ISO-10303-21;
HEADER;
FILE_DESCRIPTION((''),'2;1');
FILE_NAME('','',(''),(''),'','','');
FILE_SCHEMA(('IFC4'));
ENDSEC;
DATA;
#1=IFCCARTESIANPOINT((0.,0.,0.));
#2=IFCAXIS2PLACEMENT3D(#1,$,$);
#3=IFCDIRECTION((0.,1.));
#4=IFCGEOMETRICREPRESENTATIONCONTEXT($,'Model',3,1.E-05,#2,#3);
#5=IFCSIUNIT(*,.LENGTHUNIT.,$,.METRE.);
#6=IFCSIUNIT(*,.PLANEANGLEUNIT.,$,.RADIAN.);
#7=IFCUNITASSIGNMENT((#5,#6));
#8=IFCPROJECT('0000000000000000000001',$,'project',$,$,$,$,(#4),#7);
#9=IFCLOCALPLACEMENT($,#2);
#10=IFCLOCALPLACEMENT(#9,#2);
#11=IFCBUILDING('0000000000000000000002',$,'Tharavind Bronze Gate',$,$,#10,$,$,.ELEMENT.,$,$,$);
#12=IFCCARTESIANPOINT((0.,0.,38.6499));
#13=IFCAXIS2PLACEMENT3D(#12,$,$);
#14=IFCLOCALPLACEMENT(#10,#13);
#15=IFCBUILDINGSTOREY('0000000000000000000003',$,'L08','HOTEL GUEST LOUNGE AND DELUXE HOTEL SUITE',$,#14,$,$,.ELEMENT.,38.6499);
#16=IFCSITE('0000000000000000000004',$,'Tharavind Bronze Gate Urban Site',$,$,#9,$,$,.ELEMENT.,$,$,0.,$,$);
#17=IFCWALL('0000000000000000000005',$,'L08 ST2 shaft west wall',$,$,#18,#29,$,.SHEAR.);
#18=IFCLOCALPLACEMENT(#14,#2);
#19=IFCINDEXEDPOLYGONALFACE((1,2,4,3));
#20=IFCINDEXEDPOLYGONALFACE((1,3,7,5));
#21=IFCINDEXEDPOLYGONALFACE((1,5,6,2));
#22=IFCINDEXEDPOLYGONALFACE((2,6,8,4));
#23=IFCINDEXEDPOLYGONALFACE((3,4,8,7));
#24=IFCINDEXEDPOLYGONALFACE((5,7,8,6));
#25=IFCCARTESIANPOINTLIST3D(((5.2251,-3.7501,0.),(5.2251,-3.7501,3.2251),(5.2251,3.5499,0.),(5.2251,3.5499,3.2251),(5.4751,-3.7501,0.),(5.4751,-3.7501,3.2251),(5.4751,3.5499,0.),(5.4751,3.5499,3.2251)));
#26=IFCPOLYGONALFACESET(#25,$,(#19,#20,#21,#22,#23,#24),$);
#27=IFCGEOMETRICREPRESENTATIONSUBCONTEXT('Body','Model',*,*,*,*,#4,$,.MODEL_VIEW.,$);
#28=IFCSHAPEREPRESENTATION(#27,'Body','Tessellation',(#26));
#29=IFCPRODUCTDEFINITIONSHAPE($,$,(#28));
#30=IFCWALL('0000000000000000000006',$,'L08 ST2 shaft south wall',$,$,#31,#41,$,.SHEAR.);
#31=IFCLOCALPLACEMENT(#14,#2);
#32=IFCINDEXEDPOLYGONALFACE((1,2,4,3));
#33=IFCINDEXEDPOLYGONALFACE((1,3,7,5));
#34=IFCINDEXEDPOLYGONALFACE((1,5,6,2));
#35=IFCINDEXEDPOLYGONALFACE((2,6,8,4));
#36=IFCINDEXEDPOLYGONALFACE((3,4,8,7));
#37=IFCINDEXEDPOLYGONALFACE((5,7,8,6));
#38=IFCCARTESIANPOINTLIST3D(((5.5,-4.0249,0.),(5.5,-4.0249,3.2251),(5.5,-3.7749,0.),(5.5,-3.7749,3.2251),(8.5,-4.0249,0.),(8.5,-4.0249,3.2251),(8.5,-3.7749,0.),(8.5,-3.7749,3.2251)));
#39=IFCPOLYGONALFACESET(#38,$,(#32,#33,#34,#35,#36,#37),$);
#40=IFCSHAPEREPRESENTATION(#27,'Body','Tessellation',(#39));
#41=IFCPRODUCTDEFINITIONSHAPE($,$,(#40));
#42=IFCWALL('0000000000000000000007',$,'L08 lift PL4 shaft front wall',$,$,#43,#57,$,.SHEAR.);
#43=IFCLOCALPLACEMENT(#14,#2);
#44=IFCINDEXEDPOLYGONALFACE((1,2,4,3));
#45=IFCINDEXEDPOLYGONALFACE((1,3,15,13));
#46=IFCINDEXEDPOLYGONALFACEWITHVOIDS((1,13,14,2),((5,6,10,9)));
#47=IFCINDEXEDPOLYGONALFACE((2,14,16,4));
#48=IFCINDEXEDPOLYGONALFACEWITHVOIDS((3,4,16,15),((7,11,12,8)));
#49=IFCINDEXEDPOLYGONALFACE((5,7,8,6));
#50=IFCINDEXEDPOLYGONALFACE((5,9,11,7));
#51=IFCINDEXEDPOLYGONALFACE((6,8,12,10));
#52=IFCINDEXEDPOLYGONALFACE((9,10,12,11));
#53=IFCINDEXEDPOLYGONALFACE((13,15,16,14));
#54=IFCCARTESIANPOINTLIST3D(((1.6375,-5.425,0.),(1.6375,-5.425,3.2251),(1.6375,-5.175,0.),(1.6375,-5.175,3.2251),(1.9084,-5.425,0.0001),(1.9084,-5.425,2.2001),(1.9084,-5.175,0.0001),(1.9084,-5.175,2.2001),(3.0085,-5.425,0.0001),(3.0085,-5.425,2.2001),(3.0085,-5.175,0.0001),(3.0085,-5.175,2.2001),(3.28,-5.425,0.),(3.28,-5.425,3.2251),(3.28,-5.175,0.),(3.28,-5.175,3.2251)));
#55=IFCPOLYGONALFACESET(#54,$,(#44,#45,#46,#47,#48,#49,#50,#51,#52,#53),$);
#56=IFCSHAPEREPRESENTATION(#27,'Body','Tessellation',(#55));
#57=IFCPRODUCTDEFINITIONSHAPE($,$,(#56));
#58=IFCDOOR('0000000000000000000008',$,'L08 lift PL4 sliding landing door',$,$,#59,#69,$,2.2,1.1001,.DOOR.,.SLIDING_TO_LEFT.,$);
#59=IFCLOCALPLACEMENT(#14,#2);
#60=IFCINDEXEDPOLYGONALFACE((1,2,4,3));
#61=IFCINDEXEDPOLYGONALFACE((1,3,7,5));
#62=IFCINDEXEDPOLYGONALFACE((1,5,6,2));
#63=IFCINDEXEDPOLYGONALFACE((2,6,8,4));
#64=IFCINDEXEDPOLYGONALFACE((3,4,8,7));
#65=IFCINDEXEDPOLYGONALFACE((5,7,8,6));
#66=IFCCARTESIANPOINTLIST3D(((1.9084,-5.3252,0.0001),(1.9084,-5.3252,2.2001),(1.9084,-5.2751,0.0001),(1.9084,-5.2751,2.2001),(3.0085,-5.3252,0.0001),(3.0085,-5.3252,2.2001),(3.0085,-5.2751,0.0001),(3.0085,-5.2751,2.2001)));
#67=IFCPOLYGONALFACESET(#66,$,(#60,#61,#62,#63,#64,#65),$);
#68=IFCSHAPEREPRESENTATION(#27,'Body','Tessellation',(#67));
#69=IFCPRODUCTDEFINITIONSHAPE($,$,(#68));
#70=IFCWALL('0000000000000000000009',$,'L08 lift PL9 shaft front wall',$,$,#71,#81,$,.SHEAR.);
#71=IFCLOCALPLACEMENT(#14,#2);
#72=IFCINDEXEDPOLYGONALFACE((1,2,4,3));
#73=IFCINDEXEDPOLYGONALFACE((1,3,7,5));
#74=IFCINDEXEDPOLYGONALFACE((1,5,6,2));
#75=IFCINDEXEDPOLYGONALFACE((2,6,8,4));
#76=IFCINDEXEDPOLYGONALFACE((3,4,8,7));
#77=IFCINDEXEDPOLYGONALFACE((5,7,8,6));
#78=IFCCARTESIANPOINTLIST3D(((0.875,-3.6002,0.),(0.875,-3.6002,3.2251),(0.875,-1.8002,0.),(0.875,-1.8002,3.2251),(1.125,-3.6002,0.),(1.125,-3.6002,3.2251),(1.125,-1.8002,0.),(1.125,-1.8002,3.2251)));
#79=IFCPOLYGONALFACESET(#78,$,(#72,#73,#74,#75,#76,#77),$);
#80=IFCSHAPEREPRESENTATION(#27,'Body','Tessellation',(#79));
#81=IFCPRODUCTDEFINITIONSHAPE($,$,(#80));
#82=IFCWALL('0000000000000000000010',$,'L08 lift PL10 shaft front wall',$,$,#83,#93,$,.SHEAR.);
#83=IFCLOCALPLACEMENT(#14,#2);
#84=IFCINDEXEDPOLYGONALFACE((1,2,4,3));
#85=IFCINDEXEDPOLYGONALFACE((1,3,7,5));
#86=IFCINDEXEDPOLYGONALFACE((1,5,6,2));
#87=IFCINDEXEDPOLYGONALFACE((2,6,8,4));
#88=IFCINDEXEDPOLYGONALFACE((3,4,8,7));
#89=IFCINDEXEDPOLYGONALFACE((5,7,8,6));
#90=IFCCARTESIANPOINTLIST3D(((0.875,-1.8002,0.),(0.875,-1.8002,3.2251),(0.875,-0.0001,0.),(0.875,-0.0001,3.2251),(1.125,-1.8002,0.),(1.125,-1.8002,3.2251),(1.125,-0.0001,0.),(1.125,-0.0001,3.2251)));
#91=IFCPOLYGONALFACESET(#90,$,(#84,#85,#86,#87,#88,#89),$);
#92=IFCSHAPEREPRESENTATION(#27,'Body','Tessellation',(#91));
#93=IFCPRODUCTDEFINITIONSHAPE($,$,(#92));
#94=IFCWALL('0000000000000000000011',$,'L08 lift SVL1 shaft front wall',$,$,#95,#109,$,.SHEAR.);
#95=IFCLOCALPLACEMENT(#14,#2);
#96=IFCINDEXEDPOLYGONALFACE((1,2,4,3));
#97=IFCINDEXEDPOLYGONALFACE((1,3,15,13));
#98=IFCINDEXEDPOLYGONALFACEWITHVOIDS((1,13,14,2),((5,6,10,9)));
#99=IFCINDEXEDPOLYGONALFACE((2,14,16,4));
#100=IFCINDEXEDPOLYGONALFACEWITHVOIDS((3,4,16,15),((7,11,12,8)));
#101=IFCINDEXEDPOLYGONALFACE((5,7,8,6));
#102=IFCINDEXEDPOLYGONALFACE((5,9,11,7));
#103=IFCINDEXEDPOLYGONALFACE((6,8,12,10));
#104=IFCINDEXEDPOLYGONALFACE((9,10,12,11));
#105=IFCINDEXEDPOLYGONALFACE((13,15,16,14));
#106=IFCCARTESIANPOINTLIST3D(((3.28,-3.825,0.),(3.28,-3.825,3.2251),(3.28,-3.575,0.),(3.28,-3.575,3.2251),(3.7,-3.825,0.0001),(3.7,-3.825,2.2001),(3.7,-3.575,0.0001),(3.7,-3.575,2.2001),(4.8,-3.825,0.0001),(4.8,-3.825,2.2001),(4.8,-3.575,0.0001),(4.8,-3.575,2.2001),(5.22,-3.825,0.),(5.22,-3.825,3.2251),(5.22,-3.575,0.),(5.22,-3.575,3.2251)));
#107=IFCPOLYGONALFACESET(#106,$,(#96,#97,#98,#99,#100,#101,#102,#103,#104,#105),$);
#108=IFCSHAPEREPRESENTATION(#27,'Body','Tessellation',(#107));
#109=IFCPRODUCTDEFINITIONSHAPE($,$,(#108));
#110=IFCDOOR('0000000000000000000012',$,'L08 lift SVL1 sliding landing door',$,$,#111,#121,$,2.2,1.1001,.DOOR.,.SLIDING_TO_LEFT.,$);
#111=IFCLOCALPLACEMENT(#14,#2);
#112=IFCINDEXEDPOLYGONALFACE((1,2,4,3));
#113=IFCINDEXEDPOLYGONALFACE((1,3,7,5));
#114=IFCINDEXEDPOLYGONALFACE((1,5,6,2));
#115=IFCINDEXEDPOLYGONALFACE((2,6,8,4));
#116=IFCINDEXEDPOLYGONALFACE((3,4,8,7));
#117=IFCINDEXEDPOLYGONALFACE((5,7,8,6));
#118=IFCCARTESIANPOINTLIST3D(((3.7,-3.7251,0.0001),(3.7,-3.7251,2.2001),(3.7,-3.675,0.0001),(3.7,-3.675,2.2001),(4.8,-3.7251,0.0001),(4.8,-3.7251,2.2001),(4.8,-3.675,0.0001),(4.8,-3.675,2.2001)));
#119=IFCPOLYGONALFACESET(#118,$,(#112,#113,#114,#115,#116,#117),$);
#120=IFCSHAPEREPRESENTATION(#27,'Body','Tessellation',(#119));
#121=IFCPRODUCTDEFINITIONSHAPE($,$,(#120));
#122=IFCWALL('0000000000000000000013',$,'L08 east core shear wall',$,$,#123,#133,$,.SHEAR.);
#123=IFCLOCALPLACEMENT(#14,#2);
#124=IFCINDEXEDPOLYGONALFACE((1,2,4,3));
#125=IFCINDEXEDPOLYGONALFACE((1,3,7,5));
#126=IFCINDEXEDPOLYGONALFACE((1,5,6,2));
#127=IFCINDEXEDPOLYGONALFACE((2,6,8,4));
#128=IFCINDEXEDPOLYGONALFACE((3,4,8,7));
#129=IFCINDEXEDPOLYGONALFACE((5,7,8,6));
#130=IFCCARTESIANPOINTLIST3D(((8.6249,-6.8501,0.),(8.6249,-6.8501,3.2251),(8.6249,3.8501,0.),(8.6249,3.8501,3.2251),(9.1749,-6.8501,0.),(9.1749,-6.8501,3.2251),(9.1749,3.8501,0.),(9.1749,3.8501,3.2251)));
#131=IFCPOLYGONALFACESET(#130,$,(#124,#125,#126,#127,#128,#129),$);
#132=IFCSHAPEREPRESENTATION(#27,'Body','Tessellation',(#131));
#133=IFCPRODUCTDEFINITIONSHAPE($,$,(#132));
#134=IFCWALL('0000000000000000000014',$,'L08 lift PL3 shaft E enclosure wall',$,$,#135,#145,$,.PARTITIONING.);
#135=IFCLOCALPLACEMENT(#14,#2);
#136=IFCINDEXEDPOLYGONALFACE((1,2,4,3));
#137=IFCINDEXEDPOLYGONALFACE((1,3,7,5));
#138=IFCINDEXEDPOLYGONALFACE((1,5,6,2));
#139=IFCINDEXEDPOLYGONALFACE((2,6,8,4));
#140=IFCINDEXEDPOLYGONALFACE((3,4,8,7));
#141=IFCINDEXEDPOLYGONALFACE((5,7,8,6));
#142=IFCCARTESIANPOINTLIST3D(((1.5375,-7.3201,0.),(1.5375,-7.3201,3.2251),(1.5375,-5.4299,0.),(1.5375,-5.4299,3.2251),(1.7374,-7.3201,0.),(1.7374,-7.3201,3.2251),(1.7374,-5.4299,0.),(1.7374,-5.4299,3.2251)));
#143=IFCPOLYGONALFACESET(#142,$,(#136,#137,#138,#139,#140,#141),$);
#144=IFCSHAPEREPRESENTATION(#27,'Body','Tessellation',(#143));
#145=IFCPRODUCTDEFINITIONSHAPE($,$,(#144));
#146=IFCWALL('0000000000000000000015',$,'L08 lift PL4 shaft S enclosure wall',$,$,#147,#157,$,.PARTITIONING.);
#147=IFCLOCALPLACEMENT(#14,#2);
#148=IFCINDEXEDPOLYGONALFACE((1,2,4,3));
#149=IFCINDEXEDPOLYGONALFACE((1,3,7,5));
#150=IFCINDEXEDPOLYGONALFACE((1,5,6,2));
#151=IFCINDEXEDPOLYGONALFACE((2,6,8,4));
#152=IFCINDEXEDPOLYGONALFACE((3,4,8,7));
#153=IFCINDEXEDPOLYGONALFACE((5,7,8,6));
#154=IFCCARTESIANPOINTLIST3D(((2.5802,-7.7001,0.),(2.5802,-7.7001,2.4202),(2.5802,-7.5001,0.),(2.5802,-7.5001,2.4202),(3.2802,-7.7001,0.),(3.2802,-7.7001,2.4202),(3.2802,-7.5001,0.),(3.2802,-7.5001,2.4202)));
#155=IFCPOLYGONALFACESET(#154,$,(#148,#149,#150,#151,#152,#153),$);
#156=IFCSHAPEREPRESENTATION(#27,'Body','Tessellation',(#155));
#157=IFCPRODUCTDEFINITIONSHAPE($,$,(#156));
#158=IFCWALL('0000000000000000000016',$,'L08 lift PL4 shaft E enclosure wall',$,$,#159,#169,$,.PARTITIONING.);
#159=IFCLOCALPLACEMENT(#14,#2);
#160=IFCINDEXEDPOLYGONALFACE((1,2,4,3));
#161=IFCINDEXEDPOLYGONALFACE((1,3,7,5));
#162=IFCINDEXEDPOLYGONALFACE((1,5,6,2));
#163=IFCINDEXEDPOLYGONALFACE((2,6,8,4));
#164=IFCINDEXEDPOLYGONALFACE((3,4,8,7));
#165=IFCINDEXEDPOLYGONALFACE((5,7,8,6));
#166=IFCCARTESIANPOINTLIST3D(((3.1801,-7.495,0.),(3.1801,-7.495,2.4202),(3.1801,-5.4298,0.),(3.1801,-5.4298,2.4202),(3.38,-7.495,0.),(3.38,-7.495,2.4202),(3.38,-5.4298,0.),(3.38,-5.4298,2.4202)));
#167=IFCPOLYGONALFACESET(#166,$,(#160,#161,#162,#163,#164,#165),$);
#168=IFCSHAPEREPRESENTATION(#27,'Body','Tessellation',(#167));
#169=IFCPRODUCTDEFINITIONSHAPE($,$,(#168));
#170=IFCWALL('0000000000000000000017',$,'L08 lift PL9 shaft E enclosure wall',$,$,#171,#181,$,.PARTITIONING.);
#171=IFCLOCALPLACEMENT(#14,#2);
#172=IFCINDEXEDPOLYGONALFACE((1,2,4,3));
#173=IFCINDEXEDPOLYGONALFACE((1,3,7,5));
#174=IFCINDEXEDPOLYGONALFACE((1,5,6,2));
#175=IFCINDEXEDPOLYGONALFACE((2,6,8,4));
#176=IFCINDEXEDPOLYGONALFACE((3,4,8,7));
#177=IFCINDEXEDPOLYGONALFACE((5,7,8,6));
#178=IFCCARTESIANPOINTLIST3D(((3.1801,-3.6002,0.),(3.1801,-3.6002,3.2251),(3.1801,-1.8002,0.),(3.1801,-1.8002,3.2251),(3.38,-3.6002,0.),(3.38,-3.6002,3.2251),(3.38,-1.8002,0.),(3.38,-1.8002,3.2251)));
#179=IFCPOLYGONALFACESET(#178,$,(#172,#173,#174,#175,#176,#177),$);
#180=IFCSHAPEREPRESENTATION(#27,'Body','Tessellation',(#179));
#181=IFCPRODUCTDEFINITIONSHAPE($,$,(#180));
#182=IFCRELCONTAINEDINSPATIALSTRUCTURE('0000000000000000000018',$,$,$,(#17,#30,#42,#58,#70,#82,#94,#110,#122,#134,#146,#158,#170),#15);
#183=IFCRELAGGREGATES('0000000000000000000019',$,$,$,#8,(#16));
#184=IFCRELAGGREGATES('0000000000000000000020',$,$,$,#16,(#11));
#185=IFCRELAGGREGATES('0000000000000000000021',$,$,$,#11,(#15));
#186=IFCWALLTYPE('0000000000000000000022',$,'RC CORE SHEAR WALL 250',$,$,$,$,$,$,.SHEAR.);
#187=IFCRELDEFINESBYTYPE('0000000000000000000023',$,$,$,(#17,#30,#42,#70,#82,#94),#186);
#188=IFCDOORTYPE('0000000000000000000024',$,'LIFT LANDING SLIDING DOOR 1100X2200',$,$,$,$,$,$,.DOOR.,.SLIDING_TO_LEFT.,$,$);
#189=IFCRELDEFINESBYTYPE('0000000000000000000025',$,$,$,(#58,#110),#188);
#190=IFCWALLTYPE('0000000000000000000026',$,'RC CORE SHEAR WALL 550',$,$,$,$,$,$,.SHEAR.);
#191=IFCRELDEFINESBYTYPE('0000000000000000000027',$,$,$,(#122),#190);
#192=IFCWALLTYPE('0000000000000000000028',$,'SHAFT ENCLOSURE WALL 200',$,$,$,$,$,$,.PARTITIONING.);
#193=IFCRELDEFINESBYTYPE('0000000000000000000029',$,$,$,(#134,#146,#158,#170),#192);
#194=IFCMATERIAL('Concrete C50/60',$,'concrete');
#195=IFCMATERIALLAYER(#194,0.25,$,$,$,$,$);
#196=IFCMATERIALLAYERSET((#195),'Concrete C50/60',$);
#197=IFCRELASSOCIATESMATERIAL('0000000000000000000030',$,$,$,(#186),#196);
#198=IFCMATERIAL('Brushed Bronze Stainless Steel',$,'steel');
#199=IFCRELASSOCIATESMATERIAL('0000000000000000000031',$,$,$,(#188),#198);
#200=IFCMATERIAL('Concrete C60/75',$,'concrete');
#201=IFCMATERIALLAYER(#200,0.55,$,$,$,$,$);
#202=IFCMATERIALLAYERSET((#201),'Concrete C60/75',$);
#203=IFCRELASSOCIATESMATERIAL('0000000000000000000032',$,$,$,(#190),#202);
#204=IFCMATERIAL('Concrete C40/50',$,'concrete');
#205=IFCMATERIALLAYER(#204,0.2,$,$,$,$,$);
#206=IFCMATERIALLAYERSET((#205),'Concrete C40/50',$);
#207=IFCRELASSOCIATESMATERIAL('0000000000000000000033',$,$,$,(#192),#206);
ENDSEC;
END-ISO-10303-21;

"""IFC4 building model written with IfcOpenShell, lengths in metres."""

from ifc_helpers import new_model, si_unit, direction, frame, frame_2d, origin, place, context, subcontext, project, spatial, rectangle, extrude, material, layer, layer_set, type_object, element, fill, save


model = new_model("IFC4")

# Units and contexts
model_context = context("Model", 3, precision=1e-05, world=origin(), true_north=direction((0.0, 1.0)))
body_context = subcontext(model_context, "Body", "Model", "MODEL_VIEW")
ifc_project = project(units=[si_unit("LENGTHUNIT", "METRE"), si_unit("PLANEANGLEUNIT", "RADIAN")], contexts=[model_context])

# Site, building, storey
site_placement = place(None, origin())
site = spatial("IfcSite", under=ifc_project, at=site_placement, Name="Tharavind Bronze Gate Urban Site", CompositionType="ELEMENT", RefElevation=0.0)
building_placement = place(site_placement, origin())
building = spatial("IfcBuilding", under=site, at=building_placement, Name="Tharavind Bronze Gate", CompositionType="ELEMENT")
storey_placement = place(building_placement, frame((0.0, 0.0, 38.6499)))
storey = spatial("IfcBuildingStorey", under=building, at=storey_placement, Name="L08", Description="HOTEL GUEST LOUNGE AND DELUXE HOTEL SUITE", CompositionType="ELEMENT", Elevation=38.6499)

# Walls
ifc_material_1 = material(Name="Concrete C50/60", Category="concrete")
ifc_layer_1 = layer(ifc_material_1, 0.25)
ifc_layer_set_1 = layer_set([ifc_layer_1], Name="Concrete C50/60")
wall_type_1 = type_object("IfcWallType", Name="RC CORE SHEAR WALL 250", PredefinedType="SHEAR", material=ifc_layer_set_1)
wall_1_placement = place(storey_placement, frame((5.3501, -3.75, 0.0), z_axis=(0.0, 0.0, 1.0), x_axis=(0.0, 1.0, 0.0)))
element("IfcWall", 1, at=wall_1_placement, inside=storey, type_object=wall_type_1, Name="L08 ST2 shaft west wall", PredefinedType="SHEAR", context=body_context, shape_type="SweptSolid", body=[
    extrude(rectangle(XDim=7.3, YDim=0.25, at=frame_2d((3.6499, 0.0))), origin(), (0.0, 0.0, 1.0), 3.2251),
])
wall_2_placement = place(storey_placement, frame((5.5, -3.8999, 0.0), z_axis=(0.0, 0.0, 1.0), x_axis=(1.0, 0.0, 0.0)))
element("IfcWall", 2, at=wall_2_placement, inside=storey, type_object=wall_type_1, Name="L08 ST2 shaft south wall", PredefinedType="SHEAR", context=body_context, shape_type="SweptSolid", body=[
    extrude(rectangle(XDim=3.0, YDim=0.25, at=frame_2d((1.5, 0.0))), origin(), (0.0, 0.0, 1.0), 3.2251),
])

# Wall, opening, door
wall_3_placement = place(storey_placement, frame((1.6375, -5.3, 0.0), z_axis=(0.0, 0.0, 1.0), x_axis=(1.0, 0.0, 0.0)))
wall_3 = element("IfcWall", 3, at=wall_3_placement, inside=storey, type_object=wall_type_1, Name="L08 lift PL4 shaft front wall", PredefinedType="SHEAR", context=body_context, shape_type="SweptSolid", body=[
    extrude(rectangle(XDim=1.6426, YDim=0.25, at=frame_2d((0.8213, 0.0))), origin(), (0.0, 0.0, 1.0), 3.2251),
])
opening_1_placement = place(wall_3_placement, frame((0.271, 0.0, 0.0)))
opening_1 = element("IfcOpeningElement", 4, at=opening_1_placement, cuts=wall_3, PredefinedType="OPENING", context=body_context, shape_type="SweptSolid", body=[
    extrude(rectangle(XDim=1.1001, YDim=2.2, at=frame_2d((0.55, 1.1001))), frame((0.0, 0.135, 0.0), z_axis=(0.0, -1.0, 0.0), x_axis=(1.0, 0.0, 0.0)), (0.0, 0.0, 1.0), 0.27),
])
ifc_material_2 = material(Name="Brushed Bronze Stainless Steel", Category="steel")
door_type_1 = type_object("IfcDoorType", Name="LIFT LANDING SLIDING DOOR 1100X2200", OperationType="SLIDING_TO_LEFT", PredefinedType="DOOR", material=ifc_material_2)
door_1_placement = place(opening_1_placement, origin())
door_1 = element("IfcDoor", 5, at=door_1_placement, inside=storey, type_object=door_type_1, Name="L08 lift PL4 sliding landing door", OperationType="SLIDING_TO_LEFT", OverallHeight=2.2, OverallWidth=1.1001, PredefinedType="DOOR", context=body_context, shape_type="SweptSolid", body=[
    extrude(rectangle(XDim=1.1001, YDim=2.2, at=frame_2d((0.55, 1.1001))), frame((0.0, 0.0249, 0.0), z_axis=(0.0, -1.0, 0.0), x_axis=(1.0, 0.0, 0.0)), (0.0, 0.0, 1.0), 0.05),
])
fill(opening_1, door_1)

# Walls
for number, where, z_axis, x_axis, name in (
    (6, (1.0, -3.6001, 0.0), (0.0, 0.0, 1.0), (0.0, 1.0, 0.0), "L08 lift PL9 shaft front wall"),
    (7, (1.0, -1.8, 0.0), (0.0, 0.0, 1.0), (0.0, 1.0, 0.0), "L08 lift PL10 shaft front wall"),
):
    element("IfcWall", number, at=place(storey_placement, frame(where, z_axis=z_axis, x_axis=x_axis)), inside=storey, type_object=wall_type_1, Name=name, PredefinedType="SHEAR", context=body_context, shape_type="SweptSolid", body=[
        extrude(rectangle(XDim=1.8, YDim=0.25, at=frame_2d((0.8999, 0.0))), origin(), (0.0, 0.0, 1.0), 3.2251),
    ])

# Wall, opening, door
wall_4_placement = place(storey_placement, frame((3.28, -3.7, 0.0), z_axis=(0.0, 0.0, 1.0), x_axis=(1.0, 0.0, 0.0)))
wall_4 = element("IfcWall", 8, at=wall_4_placement, inside=storey, type_object=wall_type_1, Name="L08 lift SVL1 shaft front wall", PredefinedType="SHEAR", context=body_context, shape_type="SweptSolid", body=[
    extrude(rectangle(XDim=1.9399, YDim=0.25, at=frame_2d((0.97, 0.0))), origin(), (0.0, 0.0, 1.0), 3.2251),
])
opening_2_placement = place(wall_4_placement, frame((0.4199, 0.0, 0.0)))
opening_2 = element("IfcOpeningElement", 9, at=opening_2_placement, cuts=wall_4, PredefinedType="OPENING", context=body_context, shape_type="SweptSolid", body=[
    extrude(rectangle(XDim=1.1001, YDim=2.2, at=frame_2d((0.55, 1.1001))), frame((0.0, 0.135, 0.0), z_axis=(0.0, -1.0, 0.0), x_axis=(1.0, 0.0, 0.0)), (0.0, 0.0, 1.0), 0.27),
])
door_2_placement = place(opening_2_placement, origin())
door_2 = element("IfcDoor", 10, at=door_2_placement, inside=storey, type_object=door_type_1, Name="L08 lift SVL1 sliding landing door", OperationType="SLIDING_TO_LEFT", OverallHeight=2.2, OverallWidth=1.1001, PredefinedType="DOOR", context=body_context, shape_type="SweptSolid", body=[
    extrude(rectangle(XDim=1.1001, YDim=2.2, at=frame_2d((0.55, 1.1001))), frame((0.0, 0.0249, 0.0), z_axis=(0.0, -1.0, 0.0), x_axis=(1.0, 0.0, 0.0)), (0.0, 0.0, 1.0), 0.05),
])
fill(opening_2, door_2)

# Walls
ifc_material_3 = material(Name="Concrete C60/75", Category="concrete")
ifc_layer_2 = layer(ifc_material_3, 0.55)
ifc_layer_set_2 = layer_set([ifc_layer_2], Name="Concrete C60/75")
wall_type_2 = type_object("IfcWallType", Name="RC CORE SHEAR WALL 550", PredefinedType="SHEAR", material=ifc_layer_set_2)
wall_5_placement = place(storey_placement, frame((8.8999, -6.8501, 0.0), z_axis=(0.0, 0.0, 1.0), x_axis=(0.0, 1.0, 0.0)))
element("IfcWall", 11, at=wall_5_placement, inside=storey, type_object=wall_type_2, Name="L08 east core shear wall", PredefinedType="SHEAR", context=body_context, shape_type="SweptSolid", body=[
    extrude(rectangle(XDim=10.7002, YDim=0.55, at=frame_2d((5.3501, 0.0))), origin(), (0.0, 0.0, 1.0), 3.2251),
])
ifc_material_4 = material(Name="Concrete C40/50", Category="concrete")
ifc_layer_3 = layer(ifc_material_4, 0.2)
ifc_layer_set_3 = layer_set([ifc_layer_3], Name="Concrete C40/50")
wall_type_3 = type_object("IfcWallType", Name="SHAFT ENCLOSURE WALL 200", PredefinedType="PARTITIONING", material=ifc_layer_set_3)
wall_6_placement = place(storey_placement, frame((1.6375, -7.3201, 0.0), z_axis=(0.0, 0.0, 1.0), x_axis=(0.0, 1.0, 0.0)))
element("IfcWall", 12, at=wall_6_placement, inside=storey, type_object=wall_type_3, Name="L08 lift PL3 shaft E enclosure wall", PredefinedType="PARTITIONING", context=body_context, shape_type="SweptSolid", body=[
    extrude(rectangle(XDim=1.8901, YDim=0.2, at=frame_2d((0.9451, 0.0))), origin(), (0.0, 0.0, 1.0), 3.2251),
])
wall_7_placement = place(storey_placement, frame((2.5801, -7.6001, 0.0), z_axis=(0.0, 0.0, 1.0), x_axis=(1.0, 0.0, 0.0)))
element("IfcWall", 13, at=wall_7_placement, inside=storey, type_object=wall_type_3, Name="L08 lift PL4 shaft S enclosure wall", PredefinedType="PARTITIONING", context=body_context, shape_type="SweptSolid", body=[
    extrude(rectangle(XDim=0.7, YDim=0.2, at=frame_2d((0.3501, 0.0))), origin(), (0.0, 0.0, 1.0), 2.4202),
])
wall_8_placement = place(storey_placement, frame((3.28, -7.4951, 0.0), z_axis=(0.0, 0.0, 1.0), x_axis=(0.0, 1.0, 0.0)))
element("IfcWall", 14, at=wall_8_placement, inside=storey, type_object=wall_type_3, Name="L08 lift PL4 shaft E enclosure wall", PredefinedType="PARTITIONING", context=body_context, shape_type="SweptSolid", body=[
    extrude(rectangle(XDim=2.0652, YDim=0.2, at=frame_2d((1.0327, 0.0))), origin(), (0.0, 0.0, 1.0), 2.4202),
])
wall_9_placement = place(storey_placement, frame((3.28, -3.6001, 0.0), z_axis=(0.0, 0.0, 1.0), x_axis=(0.0, 1.0, 0.0)))
element("IfcWall", 15, at=wall_9_placement, inside=storey, type_object=wall_type_3, Name="L08 lift PL9 shaft E enclosure wall", PredefinedType="PARTITIONING", context=body_context, shape_type="SweptSolid", body=[
    extrude(rectangle(XDim=1.8, YDim=0.2, at=frame_2d((0.8999, 0.0))), origin(), (0.0, 0.0, 1.0), 3.2251),
])

save(model, "model.ifc")
